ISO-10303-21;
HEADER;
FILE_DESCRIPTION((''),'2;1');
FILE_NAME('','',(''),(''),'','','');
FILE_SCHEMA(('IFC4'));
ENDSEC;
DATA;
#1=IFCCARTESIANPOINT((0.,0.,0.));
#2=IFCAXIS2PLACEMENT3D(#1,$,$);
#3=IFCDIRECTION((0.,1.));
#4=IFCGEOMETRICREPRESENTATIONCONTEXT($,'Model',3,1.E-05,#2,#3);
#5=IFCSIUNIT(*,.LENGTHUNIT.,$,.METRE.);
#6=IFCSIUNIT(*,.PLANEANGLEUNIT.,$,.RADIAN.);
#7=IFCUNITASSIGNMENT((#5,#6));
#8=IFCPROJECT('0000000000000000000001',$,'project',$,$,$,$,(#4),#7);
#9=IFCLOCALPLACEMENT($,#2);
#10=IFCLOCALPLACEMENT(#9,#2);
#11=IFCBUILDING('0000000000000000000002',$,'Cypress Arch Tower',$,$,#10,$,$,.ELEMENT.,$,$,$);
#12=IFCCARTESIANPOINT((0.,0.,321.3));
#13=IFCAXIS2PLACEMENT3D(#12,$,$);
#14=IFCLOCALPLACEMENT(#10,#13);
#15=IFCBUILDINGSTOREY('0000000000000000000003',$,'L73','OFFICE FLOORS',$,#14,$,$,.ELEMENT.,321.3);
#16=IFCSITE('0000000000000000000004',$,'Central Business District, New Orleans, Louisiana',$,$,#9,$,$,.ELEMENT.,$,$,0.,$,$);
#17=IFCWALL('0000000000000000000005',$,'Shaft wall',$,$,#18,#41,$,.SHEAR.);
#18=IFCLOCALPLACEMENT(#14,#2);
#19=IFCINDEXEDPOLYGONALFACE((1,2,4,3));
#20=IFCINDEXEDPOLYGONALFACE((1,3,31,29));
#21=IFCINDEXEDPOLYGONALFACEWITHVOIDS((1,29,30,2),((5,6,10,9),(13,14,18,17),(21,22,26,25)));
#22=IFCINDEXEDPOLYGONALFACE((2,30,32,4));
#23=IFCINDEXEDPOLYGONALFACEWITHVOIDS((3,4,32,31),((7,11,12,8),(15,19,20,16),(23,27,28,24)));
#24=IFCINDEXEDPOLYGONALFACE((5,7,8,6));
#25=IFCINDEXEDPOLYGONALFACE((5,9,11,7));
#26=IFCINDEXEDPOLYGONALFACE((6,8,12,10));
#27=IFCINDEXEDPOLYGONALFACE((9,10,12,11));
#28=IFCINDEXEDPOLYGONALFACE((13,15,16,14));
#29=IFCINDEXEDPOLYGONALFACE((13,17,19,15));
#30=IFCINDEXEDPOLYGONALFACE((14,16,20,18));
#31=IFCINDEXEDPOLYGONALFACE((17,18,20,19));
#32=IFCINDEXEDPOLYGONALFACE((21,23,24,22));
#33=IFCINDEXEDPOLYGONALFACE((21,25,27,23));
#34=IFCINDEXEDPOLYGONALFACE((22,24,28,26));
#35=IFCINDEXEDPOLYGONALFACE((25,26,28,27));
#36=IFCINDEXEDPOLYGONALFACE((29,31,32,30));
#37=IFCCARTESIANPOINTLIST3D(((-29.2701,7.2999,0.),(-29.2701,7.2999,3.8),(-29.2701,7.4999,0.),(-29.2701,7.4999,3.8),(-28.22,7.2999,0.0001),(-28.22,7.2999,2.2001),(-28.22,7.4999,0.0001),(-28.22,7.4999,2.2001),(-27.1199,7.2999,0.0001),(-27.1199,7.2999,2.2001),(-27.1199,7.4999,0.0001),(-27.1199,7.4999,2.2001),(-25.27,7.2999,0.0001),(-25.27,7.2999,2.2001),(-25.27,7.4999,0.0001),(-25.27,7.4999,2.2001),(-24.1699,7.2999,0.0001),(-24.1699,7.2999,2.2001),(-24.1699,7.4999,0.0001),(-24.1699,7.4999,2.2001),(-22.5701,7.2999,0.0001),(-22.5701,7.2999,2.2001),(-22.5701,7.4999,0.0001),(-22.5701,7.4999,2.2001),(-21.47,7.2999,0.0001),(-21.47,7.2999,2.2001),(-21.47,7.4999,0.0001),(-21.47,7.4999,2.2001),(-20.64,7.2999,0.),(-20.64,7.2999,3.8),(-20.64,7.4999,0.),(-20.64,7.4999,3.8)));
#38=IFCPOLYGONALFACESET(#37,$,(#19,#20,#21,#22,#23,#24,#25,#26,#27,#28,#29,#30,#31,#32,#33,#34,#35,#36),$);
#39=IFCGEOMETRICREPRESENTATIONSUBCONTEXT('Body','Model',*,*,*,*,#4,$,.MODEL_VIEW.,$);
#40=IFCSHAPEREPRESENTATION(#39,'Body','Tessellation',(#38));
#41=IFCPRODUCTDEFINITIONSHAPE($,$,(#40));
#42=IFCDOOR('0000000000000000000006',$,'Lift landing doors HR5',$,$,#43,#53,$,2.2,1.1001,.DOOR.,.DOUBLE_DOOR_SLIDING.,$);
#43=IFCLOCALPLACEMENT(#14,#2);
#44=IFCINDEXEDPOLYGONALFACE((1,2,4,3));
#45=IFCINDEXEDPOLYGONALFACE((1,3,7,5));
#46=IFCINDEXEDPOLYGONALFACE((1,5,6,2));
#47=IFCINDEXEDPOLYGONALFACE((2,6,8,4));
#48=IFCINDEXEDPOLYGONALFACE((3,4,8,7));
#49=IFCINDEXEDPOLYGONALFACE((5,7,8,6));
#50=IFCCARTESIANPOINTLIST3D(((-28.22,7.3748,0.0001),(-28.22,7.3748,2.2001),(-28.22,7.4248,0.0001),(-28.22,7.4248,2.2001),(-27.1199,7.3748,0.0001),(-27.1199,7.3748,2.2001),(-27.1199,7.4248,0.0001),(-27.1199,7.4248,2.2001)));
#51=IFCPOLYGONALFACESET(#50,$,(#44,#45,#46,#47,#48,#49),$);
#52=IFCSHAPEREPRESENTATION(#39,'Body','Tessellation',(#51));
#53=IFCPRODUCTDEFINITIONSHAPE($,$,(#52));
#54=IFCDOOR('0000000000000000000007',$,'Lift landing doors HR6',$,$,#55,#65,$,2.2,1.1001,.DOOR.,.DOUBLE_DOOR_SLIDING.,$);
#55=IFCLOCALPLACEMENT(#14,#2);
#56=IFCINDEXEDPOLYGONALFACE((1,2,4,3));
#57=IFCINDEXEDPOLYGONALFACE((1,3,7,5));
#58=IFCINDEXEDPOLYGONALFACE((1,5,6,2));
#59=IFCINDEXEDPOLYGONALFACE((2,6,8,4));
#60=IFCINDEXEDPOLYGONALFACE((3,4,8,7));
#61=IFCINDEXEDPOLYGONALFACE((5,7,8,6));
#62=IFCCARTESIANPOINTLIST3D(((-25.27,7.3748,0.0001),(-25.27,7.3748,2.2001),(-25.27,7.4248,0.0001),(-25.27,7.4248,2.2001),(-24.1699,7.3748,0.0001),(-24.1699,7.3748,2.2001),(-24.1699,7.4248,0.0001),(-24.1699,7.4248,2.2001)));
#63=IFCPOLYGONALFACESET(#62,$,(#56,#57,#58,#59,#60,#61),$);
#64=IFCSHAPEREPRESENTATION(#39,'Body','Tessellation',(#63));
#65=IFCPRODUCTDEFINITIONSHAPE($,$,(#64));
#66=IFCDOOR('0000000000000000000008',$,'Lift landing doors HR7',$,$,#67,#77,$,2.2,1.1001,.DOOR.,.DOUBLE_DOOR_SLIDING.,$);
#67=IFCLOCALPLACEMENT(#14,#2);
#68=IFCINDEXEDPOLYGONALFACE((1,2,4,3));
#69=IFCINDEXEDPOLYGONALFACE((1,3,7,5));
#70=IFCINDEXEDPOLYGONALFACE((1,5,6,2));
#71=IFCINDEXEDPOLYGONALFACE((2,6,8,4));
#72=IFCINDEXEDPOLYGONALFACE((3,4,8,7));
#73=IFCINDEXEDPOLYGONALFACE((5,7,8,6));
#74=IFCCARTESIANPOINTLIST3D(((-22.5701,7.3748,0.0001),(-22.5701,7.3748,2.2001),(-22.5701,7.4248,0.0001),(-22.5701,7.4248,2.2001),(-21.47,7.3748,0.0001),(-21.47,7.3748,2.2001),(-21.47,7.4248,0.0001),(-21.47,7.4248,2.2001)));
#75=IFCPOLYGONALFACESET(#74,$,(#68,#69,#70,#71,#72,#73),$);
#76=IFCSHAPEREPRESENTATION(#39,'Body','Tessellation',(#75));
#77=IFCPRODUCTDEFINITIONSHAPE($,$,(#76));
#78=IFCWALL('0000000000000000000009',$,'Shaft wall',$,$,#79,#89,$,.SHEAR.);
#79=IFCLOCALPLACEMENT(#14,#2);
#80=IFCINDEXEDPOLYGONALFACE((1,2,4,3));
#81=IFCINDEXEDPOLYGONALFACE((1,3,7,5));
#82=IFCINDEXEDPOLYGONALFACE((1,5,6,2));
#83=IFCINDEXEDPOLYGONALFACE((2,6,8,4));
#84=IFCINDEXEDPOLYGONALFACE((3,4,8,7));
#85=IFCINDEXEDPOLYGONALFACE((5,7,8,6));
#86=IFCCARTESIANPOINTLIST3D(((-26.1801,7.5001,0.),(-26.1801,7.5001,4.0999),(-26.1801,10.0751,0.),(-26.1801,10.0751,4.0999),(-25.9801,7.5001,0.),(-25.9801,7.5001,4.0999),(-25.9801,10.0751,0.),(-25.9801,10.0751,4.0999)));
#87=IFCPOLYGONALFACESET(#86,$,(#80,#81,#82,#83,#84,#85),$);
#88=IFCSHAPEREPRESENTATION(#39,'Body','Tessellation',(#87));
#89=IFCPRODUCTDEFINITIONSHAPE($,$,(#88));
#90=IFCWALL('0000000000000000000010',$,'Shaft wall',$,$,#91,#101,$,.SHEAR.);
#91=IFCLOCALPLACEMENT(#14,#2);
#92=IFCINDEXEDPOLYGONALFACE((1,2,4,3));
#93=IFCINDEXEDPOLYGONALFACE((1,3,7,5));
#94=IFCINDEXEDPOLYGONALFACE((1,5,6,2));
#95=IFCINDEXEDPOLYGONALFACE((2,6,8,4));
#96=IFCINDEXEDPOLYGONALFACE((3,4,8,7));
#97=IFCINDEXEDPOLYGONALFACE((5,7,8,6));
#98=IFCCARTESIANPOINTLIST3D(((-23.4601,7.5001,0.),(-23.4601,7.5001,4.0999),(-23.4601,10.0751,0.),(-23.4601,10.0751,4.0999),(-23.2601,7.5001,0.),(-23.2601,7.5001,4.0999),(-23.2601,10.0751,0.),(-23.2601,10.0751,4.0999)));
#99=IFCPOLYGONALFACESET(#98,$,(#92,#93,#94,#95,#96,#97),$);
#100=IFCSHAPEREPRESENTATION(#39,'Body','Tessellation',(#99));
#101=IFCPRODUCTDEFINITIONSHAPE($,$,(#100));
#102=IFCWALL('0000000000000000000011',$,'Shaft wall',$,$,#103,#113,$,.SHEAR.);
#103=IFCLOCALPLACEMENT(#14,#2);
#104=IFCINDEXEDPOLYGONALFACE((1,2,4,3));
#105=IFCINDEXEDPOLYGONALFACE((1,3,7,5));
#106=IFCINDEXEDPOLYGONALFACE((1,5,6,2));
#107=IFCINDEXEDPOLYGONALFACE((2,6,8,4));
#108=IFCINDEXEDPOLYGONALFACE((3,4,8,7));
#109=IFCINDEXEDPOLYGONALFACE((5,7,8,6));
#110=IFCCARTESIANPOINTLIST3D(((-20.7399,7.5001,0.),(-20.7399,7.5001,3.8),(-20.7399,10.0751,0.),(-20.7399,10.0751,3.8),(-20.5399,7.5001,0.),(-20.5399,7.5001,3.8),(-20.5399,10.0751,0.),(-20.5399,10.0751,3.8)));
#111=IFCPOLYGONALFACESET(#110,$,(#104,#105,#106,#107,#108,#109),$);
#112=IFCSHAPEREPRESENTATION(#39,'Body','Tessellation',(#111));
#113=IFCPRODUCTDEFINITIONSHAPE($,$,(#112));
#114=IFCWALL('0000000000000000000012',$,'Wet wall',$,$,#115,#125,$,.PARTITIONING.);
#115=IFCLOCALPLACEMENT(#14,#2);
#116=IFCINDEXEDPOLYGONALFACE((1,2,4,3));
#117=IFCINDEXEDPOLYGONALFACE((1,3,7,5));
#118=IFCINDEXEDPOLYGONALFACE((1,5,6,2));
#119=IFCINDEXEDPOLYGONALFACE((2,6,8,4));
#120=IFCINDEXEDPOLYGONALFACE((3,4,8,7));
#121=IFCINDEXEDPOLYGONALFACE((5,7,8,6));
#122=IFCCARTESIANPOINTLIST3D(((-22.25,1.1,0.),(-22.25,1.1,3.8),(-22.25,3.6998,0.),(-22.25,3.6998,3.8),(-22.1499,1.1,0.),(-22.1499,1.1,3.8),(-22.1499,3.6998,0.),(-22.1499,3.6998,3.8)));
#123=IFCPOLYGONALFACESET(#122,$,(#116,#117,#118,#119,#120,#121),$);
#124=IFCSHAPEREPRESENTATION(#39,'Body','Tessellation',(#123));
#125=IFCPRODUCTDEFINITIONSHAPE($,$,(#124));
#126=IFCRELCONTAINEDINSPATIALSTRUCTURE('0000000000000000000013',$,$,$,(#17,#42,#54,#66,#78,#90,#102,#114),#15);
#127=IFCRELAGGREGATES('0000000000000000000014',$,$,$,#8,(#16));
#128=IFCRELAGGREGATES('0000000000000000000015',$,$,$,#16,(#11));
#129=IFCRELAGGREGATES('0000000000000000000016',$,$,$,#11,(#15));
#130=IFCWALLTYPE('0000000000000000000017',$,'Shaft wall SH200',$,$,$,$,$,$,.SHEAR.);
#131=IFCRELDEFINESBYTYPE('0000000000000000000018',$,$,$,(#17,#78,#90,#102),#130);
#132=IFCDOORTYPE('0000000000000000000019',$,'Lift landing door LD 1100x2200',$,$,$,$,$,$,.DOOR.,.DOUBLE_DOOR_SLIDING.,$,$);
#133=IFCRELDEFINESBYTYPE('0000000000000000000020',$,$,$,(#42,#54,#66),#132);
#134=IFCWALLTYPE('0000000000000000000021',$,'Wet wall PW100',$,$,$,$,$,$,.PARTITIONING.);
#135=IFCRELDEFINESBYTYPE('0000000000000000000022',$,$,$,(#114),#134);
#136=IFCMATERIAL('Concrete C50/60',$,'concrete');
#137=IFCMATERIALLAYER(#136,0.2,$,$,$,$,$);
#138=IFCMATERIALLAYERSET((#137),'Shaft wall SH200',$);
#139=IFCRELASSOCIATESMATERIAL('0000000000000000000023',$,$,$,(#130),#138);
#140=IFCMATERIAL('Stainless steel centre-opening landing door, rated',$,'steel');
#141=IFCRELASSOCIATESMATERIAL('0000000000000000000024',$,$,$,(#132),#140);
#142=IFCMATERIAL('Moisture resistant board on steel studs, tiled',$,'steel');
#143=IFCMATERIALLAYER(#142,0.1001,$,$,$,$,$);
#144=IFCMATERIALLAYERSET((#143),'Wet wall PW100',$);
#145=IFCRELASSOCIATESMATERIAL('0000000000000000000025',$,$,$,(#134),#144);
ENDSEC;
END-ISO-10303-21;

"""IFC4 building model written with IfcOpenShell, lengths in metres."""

from ifc_helpers import new_model, si_unit, direction, frame, frame_2d, origin, place, context, subcontext, project, spatial, rectangle, extrude, material, layer, layer_set, type_object, element, fill, save


model = new_model("IFC4")

# Units and contexts
model_context = context("Model", 3, precision=1e-05, world=origin(), true_north=direction((0.0, 1.0)))
body_context = subcontext(model_context, "Body", "Model", "MODEL_VIEW")
ifc_project = project(units=[si_unit("LENGTHUNIT", "METRE"), si_unit("PLANEANGLEUNIT", "RADIAN")], contexts=[model_context])

# Site, building, storey
site_placement = place(None, origin())
site = spatial("IfcSite", under=ifc_project, at=site_placement, Name="Central Business District, New Orleans, Louisiana", CompositionType="ELEMENT", RefElevation=0.0)
building_placement = place(site_placement, origin())
building = spatial("IfcBuilding", under=site, at=building_placement, Name="Cypress Arch Tower", CompositionType="ELEMENT")
storey_placement = place(building_placement, frame((0.0, 0.0, 321.3)))
storey = spatial("IfcBuildingStorey", under=building, at=storey_placement, Name="L73", Description="OFFICE FLOORS", CompositionType="ELEMENT", Elevation=321.3)

# Wall, openings, doors
ifc_material_1 = material(Name="Concrete C50/60", Category="concrete")
ifc_layer_1 = layer(ifc_material_1, 0.2)
ifc_layer_set_1 = layer_set([ifc_layer_1], Name="Shaft wall SH200")
wall_type_1 = type_object("IfcWallType", Name="Shaft wall SH200", PredefinedType="SHEAR", material=ifc_layer_set_1)
wall_1_placement = place(storey_placement, frame((-29.27, 7.3999, 0.0), z_axis=(0.0, 0.0, 1.0), x_axis=(1.0, 0.0, 0.0)))
wall_1 = element("IfcWall", 1, at=wall_1_placement, inside=storey, type_object=wall_type_1, Name="Shaft wall", PredefinedType="SHEAR", context=body_context, shape_type="SweptSolid", body=[
    extrude(rectangle(XDim=8.6301, YDim=0.2, at=frame_2d((4.3149, 0.0))), origin(), (0.0, 0.0, 1.0), 3.8),
])
opening_1_placement = place(wall_1_placement, frame((1.05, 0.0, 0.0)))
opening_1 = element("IfcOpeningElement", 2, at=opening_1_placement, cuts=wall_1, PredefinedType="OPENING", context=body_context, shape_type="SweptSolid", body=[
    extrude(rectangle(XDim=1.1001, YDim=2.2, at=frame_2d((0.55, 1.1001))), frame((0.0, 0.1099, 0.0), z_axis=(0.0, -1.0, 0.0), x_axis=(1.0, 0.0, 0.0)), (0.0, 0.0, 1.0), 0.22),
])
opening_2_placement = place(wall_1_placement, frame((4.0, 0.0, 0.0)))
opening_2 = element("IfcOpeningElement", 3, at=opening_2_placement, cuts=wall_1, PredefinedType="OPENING", context=body_context, shape_type="SweptSolid", body=[
    extrude(rectangle(XDim=1.1001, YDim=2.2, at=frame_2d((0.55, 1.1001))), frame((0.0, 0.1099, 0.0), z_axis=(0.0, -1.0, 0.0), x_axis=(1.0, 0.0, 0.0)), (0.0, 0.0, 1.0), 0.22),
])
opening_3_placement = place(wall_1_placement, frame((6.7, 0.0, 0.0)))
opening_3 = element("IfcOpeningElement", 4, at=opening_3_placement, cuts=wall_1, PredefinedType="OPENING", context=body_context, shape_type="SweptSolid", body=[
    extrude(rectangle(XDim=1.1001, YDim=2.2, at=frame_2d((0.55, 1.1001))), frame((0.0, 0.1099, 0.0), z_axis=(0.0, -1.0, 0.0), x_axis=(1.0, 0.0, 0.0)), (0.0, 0.0, 1.0), 0.22),
])
ifc_material_2 = material(Name="Stainless steel centre-opening landing door, rated", Category="steel")
door_type_1 = type_object("IfcDoorType", Name="Lift landing door LD 1100x2200", OperationType="DOUBLE_DOOR_SLIDING", PredefinedType="DOOR", material=ifc_material_2)
door_1_placement = place(opening_1_placement, origin())
door_1 = element("IfcDoor", 5, at=door_1_placement, inside=storey, type_object=door_type_1, Name="Lift landing doors HR5", OperationType="DOUBLE_DOOR_SLIDING", OverallHeight=2.2, OverallWidth=1.1001, PredefinedType="DOOR", context=body_context, shape_type="SweptSolid", body=[
    extrude(rectangle(XDim=1.1001, YDim=2.2, at=frame_2d((0.55, 1.1001))), frame((0.0, 0.0249, 0.0), z_axis=(0.0, -1.0, 0.0), x_axis=(1.0, 0.0, 0.0)), (0.0, 0.0, 1.0), 0.05),
])
fill(opening_1, door_1)
door_2_placement = place(opening_2_placement, origin())
door_2 = element("IfcDoor", 6, at=door_2_placement, inside=storey, type_object=door_type_1, Name="Lift landing doors HR6", OperationType="DOUBLE_DOOR_SLIDING", OverallHeight=2.2, OverallWidth=1.1001, PredefinedType="DOOR", context=body_context, shape_type="SweptSolid", body=[
    extrude(rectangle(XDim=1.1001, YDim=2.2, at=frame_2d((0.55, 1.1001))), frame((0.0, 0.0249, 0.0), z_axis=(0.0, -1.0, 0.0), x_axis=(1.0, 0.0, 0.0)), (0.0, 0.0, 1.0), 0.05),
])
fill(opening_2, door_2)
door_3_placement = place(opening_3_placement, origin())
door_3 = element("IfcDoor", 7, at=door_3_placement, inside=storey, type_object=door_type_1, Name="Lift landing doors HR7", OperationType="DOUBLE_DOOR_SLIDING", OverallHeight=2.2, OverallWidth=1.1001, PredefinedType="DOOR", context=body_context, shape_type="SweptSolid", body=[
    extrude(rectangle(XDim=1.1001, YDim=2.2, at=frame_2d((0.55, 1.1001))), frame((0.0, 0.0249, 0.0), z_axis=(0.0, -1.0, 0.0), x_axis=(1.0, 0.0, 0.0)), (0.0, 0.0, 1.0), 0.05),
])
fill(opening_3, door_3)

# Walls
for number, where, z_axis, x_axis, name in (
    (8, (-26.0801, 7.5, 0.0), (0.0, 0.0, 1.0), (0.0, 1.0, 0.0), "Shaft wall"),
    (9, (-23.3601, 7.5, 0.0), (0.0, 0.0, 1.0), (0.0, 1.0, 0.0), "Shaft wall"),
):
    element("IfcWall", number, at=place(storey_placement, frame(where, z_axis=z_axis, x_axis=x_axis)), inside=storey, type_object=wall_type_1, Name=name, PredefinedType="SHEAR", context=body_context, shape_type="SweptSolid", body=[
        extrude(rectangle(XDim=2.575, YDim=0.2, at=frame_2d((1.2876, 0.0))), origin(), (0.0, 0.0, 1.0), 4.0999),
    ])
wall_2_placement = place(storey_placement, frame((-20.6399, 7.5, 0.0), z_axis=(0.0, 0.0, 1.0), x_axis=(0.0, 1.0, 0.0)))
element("IfcWall", 10, at=wall_2_placement, inside=storey, type_object=wall_type_1, Name="Shaft wall", PredefinedType="SHEAR", context=body_context, shape_type="SweptSolid", body=[
    extrude(rectangle(XDim=2.575, YDim=0.2, at=frame_2d((1.2876, 0.0))), origin(), (0.0, 0.0, 1.0), 3.8),
])
ifc_material_3 = material(Name="Moisture resistant board on steel studs, tiled", Category="steel")
ifc_layer_2 = layer(ifc_material_3, 0.1001)
ifc_layer_set_2 = layer_set([ifc_layer_2], Name="Wet wall PW100")
wall_type_2 = type_object("IfcWallType", Name="Wet wall PW100", PredefinedType="PARTITIONING", material=ifc_layer_set_2)
wall_3_placement = place(storey_placement, frame((-22.2, 1.1001, 0.0), z_axis=(0.0, 0.0, 1.0), x_axis=(0.0, 1.0, 0.0)))
element("IfcWall", 11, at=wall_3_placement, inside=storey, type_object=wall_type_2, Name="Wet wall", PredefinedType="PARTITIONING", context=body_context, shape_type="SweptSolid", body=[
    extrude(rectangle(XDim=2.5999, YDim=0.1001, at=frame_2d((1.2998, 0.0))), origin(), (0.0, 0.0, 1.0), 3.8),
])

save(model, "model.ifc")
